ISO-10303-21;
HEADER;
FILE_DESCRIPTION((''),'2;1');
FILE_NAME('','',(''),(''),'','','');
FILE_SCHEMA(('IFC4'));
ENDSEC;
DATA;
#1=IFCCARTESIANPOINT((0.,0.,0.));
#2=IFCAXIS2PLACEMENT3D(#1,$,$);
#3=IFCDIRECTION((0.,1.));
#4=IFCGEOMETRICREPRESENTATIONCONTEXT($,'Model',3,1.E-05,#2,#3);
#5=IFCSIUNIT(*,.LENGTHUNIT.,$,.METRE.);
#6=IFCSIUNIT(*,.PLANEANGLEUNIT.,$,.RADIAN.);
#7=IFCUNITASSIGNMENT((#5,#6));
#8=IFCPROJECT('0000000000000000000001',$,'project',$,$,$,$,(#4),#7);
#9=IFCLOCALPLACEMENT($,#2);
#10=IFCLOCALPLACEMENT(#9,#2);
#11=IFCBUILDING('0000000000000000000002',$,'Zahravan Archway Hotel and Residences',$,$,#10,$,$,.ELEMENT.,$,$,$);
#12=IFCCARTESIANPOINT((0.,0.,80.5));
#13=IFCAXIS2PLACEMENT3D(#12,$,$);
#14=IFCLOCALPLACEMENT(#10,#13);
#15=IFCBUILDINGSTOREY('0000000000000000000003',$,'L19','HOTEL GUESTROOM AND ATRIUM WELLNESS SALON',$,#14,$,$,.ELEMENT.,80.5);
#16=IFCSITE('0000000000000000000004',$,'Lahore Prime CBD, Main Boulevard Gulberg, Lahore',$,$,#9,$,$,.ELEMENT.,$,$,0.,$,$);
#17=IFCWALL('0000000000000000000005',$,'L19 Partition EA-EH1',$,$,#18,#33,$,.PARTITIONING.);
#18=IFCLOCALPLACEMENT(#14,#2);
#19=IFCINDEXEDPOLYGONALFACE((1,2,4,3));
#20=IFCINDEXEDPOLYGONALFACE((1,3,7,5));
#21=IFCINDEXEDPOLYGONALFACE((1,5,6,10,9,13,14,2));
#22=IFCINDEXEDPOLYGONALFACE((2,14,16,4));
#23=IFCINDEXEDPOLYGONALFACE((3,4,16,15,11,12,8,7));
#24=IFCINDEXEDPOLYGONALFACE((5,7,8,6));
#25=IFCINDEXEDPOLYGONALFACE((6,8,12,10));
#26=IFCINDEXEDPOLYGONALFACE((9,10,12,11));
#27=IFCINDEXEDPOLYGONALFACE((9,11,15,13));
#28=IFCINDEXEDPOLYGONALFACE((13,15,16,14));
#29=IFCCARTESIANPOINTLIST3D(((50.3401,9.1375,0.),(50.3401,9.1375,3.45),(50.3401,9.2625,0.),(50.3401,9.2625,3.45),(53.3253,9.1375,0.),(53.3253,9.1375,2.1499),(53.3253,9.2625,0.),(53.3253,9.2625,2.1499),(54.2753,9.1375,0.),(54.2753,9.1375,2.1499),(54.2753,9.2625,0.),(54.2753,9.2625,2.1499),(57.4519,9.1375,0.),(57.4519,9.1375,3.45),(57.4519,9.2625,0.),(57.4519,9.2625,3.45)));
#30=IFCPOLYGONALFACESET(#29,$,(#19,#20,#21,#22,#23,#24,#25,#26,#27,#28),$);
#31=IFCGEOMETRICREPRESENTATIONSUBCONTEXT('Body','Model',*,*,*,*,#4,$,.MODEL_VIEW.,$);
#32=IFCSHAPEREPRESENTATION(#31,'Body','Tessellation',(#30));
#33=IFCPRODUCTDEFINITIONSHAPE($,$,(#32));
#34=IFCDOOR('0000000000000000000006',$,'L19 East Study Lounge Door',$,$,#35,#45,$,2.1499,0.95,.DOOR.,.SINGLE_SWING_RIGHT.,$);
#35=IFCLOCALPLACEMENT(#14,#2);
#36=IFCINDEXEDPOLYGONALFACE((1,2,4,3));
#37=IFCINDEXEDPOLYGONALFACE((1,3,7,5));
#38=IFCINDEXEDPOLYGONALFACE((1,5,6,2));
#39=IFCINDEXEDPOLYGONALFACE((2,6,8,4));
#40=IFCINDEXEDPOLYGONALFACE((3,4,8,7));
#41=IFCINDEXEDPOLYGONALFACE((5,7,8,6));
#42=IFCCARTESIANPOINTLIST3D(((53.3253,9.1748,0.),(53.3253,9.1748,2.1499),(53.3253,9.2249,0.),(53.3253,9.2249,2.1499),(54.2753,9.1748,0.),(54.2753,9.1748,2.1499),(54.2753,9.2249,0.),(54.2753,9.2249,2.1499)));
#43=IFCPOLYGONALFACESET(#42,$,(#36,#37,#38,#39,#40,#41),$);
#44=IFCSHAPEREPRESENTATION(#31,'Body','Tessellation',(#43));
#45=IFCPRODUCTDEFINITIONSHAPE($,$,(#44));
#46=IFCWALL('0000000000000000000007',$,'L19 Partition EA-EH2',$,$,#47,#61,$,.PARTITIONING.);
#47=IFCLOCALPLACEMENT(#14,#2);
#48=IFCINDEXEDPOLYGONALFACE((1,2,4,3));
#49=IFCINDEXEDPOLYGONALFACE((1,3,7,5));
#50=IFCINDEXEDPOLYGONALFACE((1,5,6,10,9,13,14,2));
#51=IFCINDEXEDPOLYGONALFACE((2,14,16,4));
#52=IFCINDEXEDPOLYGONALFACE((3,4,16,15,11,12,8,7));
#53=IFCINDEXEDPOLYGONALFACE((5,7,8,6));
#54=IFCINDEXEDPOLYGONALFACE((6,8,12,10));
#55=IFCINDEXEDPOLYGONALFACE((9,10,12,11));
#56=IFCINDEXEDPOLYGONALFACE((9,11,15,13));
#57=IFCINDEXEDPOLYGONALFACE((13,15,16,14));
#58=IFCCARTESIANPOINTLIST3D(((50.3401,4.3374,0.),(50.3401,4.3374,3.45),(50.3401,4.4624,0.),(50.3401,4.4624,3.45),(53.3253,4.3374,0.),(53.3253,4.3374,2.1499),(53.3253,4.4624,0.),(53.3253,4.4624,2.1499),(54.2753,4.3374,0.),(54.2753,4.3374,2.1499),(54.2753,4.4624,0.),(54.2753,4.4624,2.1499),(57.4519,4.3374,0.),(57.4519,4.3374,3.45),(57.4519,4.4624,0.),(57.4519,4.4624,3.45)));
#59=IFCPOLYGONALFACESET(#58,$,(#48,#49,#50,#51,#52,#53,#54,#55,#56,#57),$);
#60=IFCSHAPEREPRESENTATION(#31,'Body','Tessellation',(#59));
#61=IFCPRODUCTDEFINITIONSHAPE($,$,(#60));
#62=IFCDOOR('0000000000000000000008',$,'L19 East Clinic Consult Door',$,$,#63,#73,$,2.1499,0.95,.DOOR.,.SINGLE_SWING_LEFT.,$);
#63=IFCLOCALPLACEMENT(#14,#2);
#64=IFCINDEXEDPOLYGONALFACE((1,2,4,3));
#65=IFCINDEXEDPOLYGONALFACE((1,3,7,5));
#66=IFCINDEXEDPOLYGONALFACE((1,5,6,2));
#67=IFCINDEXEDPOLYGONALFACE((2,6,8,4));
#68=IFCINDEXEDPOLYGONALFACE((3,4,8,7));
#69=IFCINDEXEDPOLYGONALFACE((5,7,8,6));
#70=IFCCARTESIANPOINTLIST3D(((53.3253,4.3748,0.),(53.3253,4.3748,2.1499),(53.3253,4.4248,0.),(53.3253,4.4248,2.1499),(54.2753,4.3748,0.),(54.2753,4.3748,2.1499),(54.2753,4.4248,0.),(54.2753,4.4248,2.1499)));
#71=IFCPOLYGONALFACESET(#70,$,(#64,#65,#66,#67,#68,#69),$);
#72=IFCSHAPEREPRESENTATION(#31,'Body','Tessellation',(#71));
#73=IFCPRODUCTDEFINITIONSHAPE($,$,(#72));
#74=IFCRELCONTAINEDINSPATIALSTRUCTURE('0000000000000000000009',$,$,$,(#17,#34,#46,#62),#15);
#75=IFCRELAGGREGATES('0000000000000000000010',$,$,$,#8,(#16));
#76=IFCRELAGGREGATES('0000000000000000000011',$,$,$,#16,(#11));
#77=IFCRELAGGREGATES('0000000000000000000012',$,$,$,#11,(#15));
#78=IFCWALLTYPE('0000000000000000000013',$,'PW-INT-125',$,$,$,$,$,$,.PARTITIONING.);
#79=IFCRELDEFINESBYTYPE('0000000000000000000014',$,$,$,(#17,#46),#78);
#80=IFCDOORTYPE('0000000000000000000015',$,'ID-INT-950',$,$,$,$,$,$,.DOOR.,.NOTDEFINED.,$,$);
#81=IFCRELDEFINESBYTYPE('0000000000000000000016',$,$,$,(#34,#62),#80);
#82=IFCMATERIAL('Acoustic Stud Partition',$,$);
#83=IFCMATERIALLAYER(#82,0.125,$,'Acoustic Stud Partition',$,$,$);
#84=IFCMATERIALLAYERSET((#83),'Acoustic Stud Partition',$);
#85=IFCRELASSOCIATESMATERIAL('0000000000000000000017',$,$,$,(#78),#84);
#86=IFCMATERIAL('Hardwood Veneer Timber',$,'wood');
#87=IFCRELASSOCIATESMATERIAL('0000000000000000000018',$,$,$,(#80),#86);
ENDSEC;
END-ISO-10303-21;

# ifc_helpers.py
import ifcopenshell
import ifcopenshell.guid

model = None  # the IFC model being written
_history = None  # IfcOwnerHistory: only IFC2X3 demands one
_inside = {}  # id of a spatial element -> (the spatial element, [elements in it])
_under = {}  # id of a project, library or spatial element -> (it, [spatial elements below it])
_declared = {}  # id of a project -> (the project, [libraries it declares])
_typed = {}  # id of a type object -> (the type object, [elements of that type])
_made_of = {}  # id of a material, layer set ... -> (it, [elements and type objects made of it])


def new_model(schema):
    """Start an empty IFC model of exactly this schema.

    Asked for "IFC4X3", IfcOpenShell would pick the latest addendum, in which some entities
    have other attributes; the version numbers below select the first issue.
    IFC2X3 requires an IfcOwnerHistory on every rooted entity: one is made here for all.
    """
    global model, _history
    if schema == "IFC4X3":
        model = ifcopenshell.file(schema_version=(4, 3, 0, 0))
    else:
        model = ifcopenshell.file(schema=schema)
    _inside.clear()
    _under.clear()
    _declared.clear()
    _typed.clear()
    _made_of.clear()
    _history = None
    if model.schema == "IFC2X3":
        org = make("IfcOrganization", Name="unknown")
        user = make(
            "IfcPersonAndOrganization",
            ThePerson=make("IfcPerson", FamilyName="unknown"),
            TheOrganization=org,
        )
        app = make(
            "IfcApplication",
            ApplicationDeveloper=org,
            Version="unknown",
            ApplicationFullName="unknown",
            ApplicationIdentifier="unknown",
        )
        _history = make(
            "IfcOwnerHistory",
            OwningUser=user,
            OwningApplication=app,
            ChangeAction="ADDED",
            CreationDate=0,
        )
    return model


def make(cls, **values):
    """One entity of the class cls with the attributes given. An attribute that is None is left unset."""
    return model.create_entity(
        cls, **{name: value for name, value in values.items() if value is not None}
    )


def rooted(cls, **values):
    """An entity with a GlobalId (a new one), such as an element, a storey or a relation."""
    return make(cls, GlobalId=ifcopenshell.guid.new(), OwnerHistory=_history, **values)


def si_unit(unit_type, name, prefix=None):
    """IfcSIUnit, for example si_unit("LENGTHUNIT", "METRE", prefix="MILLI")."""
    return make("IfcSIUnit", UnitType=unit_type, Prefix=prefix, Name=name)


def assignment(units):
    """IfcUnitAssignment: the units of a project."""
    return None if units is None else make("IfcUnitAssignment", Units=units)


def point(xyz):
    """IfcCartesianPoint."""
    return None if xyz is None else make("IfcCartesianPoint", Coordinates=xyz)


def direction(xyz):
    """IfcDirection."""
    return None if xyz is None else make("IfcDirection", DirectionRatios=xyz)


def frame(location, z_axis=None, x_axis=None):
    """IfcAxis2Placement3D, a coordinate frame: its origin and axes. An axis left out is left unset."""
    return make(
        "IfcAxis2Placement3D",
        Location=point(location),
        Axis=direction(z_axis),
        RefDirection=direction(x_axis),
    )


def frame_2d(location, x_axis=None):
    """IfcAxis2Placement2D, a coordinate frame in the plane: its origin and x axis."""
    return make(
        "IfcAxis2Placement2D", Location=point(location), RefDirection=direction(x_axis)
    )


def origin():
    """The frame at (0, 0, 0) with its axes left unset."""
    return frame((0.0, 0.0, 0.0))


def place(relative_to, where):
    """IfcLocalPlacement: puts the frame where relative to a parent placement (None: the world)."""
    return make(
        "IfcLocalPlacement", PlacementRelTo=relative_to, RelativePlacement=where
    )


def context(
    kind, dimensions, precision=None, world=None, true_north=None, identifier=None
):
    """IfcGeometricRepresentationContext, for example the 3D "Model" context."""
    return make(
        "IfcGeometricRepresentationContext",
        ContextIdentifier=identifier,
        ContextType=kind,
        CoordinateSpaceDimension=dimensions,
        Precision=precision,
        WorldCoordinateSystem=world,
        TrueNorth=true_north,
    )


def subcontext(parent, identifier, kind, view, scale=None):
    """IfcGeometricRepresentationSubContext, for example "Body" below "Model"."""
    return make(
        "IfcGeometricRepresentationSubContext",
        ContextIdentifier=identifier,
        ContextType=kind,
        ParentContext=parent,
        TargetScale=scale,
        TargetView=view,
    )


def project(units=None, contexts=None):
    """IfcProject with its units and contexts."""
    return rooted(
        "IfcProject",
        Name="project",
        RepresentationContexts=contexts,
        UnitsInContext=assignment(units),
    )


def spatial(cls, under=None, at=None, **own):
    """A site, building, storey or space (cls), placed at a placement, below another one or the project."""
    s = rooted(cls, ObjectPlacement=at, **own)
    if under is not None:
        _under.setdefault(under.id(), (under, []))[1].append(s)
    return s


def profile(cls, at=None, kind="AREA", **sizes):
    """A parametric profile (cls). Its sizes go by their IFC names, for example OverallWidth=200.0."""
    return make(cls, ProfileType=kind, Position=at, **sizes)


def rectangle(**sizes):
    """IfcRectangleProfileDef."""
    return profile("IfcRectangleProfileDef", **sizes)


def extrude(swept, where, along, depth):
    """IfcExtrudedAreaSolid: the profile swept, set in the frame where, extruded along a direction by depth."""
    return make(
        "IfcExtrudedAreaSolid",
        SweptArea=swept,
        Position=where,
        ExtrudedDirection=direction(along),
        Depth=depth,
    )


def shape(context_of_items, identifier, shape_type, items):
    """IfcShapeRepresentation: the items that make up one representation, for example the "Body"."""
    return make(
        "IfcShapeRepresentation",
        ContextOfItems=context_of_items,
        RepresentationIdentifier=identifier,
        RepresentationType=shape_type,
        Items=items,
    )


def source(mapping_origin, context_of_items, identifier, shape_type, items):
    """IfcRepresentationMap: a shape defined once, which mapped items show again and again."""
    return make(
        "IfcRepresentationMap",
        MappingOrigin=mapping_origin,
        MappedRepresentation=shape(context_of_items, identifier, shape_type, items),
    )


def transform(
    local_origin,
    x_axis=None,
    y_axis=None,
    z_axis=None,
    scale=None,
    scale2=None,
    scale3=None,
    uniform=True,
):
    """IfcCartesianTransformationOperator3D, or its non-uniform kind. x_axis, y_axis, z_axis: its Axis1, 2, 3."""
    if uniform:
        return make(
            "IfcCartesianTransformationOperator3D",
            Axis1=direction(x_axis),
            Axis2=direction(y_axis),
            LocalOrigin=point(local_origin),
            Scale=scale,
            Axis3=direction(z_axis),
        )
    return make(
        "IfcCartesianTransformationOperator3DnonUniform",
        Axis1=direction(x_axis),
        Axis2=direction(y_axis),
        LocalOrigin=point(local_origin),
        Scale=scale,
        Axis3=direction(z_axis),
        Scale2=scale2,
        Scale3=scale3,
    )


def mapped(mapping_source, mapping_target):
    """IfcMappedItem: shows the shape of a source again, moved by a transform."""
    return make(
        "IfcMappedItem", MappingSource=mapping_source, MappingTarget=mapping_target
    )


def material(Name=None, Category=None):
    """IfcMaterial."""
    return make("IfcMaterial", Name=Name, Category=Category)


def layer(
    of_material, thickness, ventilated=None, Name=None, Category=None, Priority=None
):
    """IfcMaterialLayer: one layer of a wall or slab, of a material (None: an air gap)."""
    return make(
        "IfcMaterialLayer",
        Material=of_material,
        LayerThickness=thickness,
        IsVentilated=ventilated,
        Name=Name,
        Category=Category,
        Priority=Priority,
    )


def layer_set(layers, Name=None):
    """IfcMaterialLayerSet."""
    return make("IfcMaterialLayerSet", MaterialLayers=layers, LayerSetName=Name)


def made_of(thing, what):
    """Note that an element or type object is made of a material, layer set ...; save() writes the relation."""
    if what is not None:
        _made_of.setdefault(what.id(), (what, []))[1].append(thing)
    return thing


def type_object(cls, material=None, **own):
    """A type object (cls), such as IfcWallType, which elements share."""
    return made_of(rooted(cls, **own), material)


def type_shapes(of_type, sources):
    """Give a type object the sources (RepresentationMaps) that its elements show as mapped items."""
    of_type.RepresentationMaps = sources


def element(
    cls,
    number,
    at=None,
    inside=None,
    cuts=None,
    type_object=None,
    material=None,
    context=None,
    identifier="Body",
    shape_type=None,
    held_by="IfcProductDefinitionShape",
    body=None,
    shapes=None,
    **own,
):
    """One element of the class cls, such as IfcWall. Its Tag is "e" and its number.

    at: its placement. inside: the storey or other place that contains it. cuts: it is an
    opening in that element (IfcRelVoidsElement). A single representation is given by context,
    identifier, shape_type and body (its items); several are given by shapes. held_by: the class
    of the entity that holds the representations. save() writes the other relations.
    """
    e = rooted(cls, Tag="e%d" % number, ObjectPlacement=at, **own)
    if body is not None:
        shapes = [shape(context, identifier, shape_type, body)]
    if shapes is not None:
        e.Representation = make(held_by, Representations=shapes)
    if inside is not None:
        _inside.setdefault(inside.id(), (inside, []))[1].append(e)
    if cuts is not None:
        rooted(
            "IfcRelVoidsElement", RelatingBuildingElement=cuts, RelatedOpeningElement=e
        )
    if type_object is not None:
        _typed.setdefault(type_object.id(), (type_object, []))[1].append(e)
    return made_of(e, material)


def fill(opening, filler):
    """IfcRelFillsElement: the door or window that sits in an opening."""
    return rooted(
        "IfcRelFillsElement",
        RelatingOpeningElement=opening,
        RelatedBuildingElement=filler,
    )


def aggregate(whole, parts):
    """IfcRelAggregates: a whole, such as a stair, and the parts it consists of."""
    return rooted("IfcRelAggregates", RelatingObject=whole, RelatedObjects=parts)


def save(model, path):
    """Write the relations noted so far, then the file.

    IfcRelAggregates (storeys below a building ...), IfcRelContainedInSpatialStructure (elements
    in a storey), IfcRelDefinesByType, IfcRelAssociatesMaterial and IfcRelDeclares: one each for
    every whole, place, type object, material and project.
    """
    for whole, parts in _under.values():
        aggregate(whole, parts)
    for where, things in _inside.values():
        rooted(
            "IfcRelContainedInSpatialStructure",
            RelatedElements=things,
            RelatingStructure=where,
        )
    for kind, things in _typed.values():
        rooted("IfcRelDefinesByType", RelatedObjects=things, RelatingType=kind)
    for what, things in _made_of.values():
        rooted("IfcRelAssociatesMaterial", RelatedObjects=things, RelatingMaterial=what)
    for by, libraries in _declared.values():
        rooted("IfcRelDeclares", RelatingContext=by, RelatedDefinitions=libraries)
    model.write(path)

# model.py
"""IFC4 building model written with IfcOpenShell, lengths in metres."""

from ifc_helpers import new_model, si_unit, direction, frame, frame_2d, origin, place, context, subcontext, project, spatial, rectangle, extrude, source, transform, mapped, material, layer, layer_set, type_object, type_shapes, element, fill, save


model = new_model("IFC4")

# Units and contexts
model_context = context("Model", 3, precision=1e-05, world=origin(), true_north=direction((0.0, 1.0)))
body_context = subcontext(model_context, "Body", "Model", "MODEL_VIEW")
ifc_project = project(units=[si_unit("LENGTHUNIT", "METRE"), si_unit("PLANEANGLEUNIT", "RADIAN")], contexts=[model_context])

# Site, building, storey
site_placement = place(None, origin())
site = spatial("IfcSite", under=ifc_project, at=site_placement, Name="Lahore Prime CBD, Main Boulevard Gulberg, Lahore", CompositionType="ELEMENT", RefElevation=0.0)
building_placement = place(site_placement, origin())
building = spatial("IfcBuilding", under=site, at=building_placement, Name="Zahravan Archway Hotel and Residences", CompositionType="ELEMENT")
storey_placement = place(building_placement, frame((0.0, 0.0, 80.5)))
storey = spatial("IfcBuildingStorey", under=building, at=storey_placement, Name="L19", Description="HOTEL GUESTROOM AND ATRIUM WELLNESS SALON", CompositionType="ELEMENT", Elevation=80.5)

# Walls, openings, doors
ifc_material_1 = material(Name="Acoustic Stud Partition")
ifc_layer_1 = layer(ifc_material_1, 0.125, Name="Acoustic Stud Partition")
ifc_layer_set_1 = layer_set([ifc_layer_1], Name="Acoustic Stud Partition")
wall_type_1 = type_object("IfcWallType", Name="PW-INT-125", PredefinedType="PARTITIONING", material=ifc_layer_set_1)
wall_1_placement = place(storey_placement, frame((50.3401, 9.2, 0.0), z_axis=(0.0, 0.0, 1.0), x_axis=(1.0, 0.0, 0.0)))
wall_1 = element("IfcWall", 1, at=wall_1_placement, inside=storey, type_object=wall_type_1, Name="L19 Partition EA-EH1", PredefinedType="PARTITIONING", context=body_context, shape_type="SweptSolid", body=[
    extrude(rectangle(XDim=7.1118, YDim=0.125, at=frame_2d((3.5559, 0.0))), origin(), (0.0, 0.0, 1.0), 3.45),
])
opening_1_placement = place(wall_1_placement, frame((2.9851, 0.0, 0.0)))
opening_1 = element("IfcOpeningElement", 2, at=opening_1_placement, cuts=wall_1, PredefinedType="OPENING", context=body_context, shape_type="SweptSolid", body=[
    extrude(rectangle(XDim=0.95, YDim=2.1499, at=frame_2d((0.4751, 1.075))), frame((0.0, 0.0725, 0.0), z_axis=(0.0, -1.0, 0.0), x_axis=(1.0, 0.0, 0.0)), (0.0, 0.0, 1.0), 0.145),
])
ifc_material_2 = material(Name="Hardwood Veneer Timber", Category="wood")
door_type_1 = type_object("IfcDoorType", Name="ID-INT-950", OperationType="NOTDEFINED", PredefinedType="DOOR", material=ifc_material_2)
shared_shape_1 = source(origin(), body_context, "Body", "SweptSolid", [
    extrude(rectangle(XDim=0.95, YDim=2.1499, at=frame_2d((0.4751, 1.075))), frame((0.0, 0.0249, 0.0), z_axis=(0.0, -1.0, 0.0), x_axis=(1.0, 0.0, 0.0)), (0.0, 0.0, 1.0), 0.05),
])
type_shapes(door_type_1, [shared_shape_1])
door_1_placement = place(opening_1_placement, origin())
door_1 = element("IfcDoor", 3, at=door_1_placement, inside=storey, type_object=door_type_1, Name="L19 East Study Lounge Door", OperationType="SINGLE_SWING_RIGHT", OverallHeight=2.1499, OverallWidth=0.95, PredefinedType="DOOR", context=body_context, shape_type="MappedRepresentation", body=[
    mapped(shared_shape_1, transform((0.0, 0.0, 0.0), scale=1.0)),
])
fill(opening_1, door_1)
wall_2_placement = place(storey_placement, frame((50.3401, 4.3999, 0.0), z_axis=(0.0, 0.0, 1.0), x_axis=(1.0, 0.0, 0.0)))
wall_2 = element("IfcWall", 4, at=wall_2_placement, inside=storey, type_object=wall_type_1, Name="L19 Partition EA-EH2", PredefinedType="PARTITIONING", context=body_context, shape_type="SweptSolid", body=[
    extrude(rectangle(XDim=7.1118, YDim=0.125, at=frame_2d((3.5559, 0.0))), origin(), (0.0, 0.0, 1.0), 3.45),
])
opening_2_placement = place(wall_2_placement, frame((2.9851, 0.0, 0.0)))
opening_2 = element("IfcOpeningElement", 5, at=opening_2_placement, cuts=wall_2, PredefinedType="OPENING", context=body_context, shape_type="SweptSolid", body=[
    extrude(rectangle(XDim=0.95, YDim=2.1499, at=frame_2d((0.4751, 1.075))), frame((0.0, 0.0725, 0.0), z_axis=(0.0, -1.0, 0.0), x_axis=(1.0, 0.0, 0.0)), (0.0, 0.0, 1.0), 0.145),
])
door_2_placement = place(opening_2_placement, origin())
door_2 = element("IfcDoor", 6, at=door_2_placement, inside=storey, type_object=door_type_1, Name="L19 East Clinic Consult Door", OperationType="SINGLE_SWING_LEFT", OverallHeight=2.1499, OverallWidth=0.95, PredefinedType="DOOR", context=body_context, shape_type="MappedRepresentation", body=[
    mapped(shared_shape_1, transform((0.0, 0.0, 0.0), scale=1.0)),
])
fill(opening_2, door_2)

save(model, "model.ifc")
